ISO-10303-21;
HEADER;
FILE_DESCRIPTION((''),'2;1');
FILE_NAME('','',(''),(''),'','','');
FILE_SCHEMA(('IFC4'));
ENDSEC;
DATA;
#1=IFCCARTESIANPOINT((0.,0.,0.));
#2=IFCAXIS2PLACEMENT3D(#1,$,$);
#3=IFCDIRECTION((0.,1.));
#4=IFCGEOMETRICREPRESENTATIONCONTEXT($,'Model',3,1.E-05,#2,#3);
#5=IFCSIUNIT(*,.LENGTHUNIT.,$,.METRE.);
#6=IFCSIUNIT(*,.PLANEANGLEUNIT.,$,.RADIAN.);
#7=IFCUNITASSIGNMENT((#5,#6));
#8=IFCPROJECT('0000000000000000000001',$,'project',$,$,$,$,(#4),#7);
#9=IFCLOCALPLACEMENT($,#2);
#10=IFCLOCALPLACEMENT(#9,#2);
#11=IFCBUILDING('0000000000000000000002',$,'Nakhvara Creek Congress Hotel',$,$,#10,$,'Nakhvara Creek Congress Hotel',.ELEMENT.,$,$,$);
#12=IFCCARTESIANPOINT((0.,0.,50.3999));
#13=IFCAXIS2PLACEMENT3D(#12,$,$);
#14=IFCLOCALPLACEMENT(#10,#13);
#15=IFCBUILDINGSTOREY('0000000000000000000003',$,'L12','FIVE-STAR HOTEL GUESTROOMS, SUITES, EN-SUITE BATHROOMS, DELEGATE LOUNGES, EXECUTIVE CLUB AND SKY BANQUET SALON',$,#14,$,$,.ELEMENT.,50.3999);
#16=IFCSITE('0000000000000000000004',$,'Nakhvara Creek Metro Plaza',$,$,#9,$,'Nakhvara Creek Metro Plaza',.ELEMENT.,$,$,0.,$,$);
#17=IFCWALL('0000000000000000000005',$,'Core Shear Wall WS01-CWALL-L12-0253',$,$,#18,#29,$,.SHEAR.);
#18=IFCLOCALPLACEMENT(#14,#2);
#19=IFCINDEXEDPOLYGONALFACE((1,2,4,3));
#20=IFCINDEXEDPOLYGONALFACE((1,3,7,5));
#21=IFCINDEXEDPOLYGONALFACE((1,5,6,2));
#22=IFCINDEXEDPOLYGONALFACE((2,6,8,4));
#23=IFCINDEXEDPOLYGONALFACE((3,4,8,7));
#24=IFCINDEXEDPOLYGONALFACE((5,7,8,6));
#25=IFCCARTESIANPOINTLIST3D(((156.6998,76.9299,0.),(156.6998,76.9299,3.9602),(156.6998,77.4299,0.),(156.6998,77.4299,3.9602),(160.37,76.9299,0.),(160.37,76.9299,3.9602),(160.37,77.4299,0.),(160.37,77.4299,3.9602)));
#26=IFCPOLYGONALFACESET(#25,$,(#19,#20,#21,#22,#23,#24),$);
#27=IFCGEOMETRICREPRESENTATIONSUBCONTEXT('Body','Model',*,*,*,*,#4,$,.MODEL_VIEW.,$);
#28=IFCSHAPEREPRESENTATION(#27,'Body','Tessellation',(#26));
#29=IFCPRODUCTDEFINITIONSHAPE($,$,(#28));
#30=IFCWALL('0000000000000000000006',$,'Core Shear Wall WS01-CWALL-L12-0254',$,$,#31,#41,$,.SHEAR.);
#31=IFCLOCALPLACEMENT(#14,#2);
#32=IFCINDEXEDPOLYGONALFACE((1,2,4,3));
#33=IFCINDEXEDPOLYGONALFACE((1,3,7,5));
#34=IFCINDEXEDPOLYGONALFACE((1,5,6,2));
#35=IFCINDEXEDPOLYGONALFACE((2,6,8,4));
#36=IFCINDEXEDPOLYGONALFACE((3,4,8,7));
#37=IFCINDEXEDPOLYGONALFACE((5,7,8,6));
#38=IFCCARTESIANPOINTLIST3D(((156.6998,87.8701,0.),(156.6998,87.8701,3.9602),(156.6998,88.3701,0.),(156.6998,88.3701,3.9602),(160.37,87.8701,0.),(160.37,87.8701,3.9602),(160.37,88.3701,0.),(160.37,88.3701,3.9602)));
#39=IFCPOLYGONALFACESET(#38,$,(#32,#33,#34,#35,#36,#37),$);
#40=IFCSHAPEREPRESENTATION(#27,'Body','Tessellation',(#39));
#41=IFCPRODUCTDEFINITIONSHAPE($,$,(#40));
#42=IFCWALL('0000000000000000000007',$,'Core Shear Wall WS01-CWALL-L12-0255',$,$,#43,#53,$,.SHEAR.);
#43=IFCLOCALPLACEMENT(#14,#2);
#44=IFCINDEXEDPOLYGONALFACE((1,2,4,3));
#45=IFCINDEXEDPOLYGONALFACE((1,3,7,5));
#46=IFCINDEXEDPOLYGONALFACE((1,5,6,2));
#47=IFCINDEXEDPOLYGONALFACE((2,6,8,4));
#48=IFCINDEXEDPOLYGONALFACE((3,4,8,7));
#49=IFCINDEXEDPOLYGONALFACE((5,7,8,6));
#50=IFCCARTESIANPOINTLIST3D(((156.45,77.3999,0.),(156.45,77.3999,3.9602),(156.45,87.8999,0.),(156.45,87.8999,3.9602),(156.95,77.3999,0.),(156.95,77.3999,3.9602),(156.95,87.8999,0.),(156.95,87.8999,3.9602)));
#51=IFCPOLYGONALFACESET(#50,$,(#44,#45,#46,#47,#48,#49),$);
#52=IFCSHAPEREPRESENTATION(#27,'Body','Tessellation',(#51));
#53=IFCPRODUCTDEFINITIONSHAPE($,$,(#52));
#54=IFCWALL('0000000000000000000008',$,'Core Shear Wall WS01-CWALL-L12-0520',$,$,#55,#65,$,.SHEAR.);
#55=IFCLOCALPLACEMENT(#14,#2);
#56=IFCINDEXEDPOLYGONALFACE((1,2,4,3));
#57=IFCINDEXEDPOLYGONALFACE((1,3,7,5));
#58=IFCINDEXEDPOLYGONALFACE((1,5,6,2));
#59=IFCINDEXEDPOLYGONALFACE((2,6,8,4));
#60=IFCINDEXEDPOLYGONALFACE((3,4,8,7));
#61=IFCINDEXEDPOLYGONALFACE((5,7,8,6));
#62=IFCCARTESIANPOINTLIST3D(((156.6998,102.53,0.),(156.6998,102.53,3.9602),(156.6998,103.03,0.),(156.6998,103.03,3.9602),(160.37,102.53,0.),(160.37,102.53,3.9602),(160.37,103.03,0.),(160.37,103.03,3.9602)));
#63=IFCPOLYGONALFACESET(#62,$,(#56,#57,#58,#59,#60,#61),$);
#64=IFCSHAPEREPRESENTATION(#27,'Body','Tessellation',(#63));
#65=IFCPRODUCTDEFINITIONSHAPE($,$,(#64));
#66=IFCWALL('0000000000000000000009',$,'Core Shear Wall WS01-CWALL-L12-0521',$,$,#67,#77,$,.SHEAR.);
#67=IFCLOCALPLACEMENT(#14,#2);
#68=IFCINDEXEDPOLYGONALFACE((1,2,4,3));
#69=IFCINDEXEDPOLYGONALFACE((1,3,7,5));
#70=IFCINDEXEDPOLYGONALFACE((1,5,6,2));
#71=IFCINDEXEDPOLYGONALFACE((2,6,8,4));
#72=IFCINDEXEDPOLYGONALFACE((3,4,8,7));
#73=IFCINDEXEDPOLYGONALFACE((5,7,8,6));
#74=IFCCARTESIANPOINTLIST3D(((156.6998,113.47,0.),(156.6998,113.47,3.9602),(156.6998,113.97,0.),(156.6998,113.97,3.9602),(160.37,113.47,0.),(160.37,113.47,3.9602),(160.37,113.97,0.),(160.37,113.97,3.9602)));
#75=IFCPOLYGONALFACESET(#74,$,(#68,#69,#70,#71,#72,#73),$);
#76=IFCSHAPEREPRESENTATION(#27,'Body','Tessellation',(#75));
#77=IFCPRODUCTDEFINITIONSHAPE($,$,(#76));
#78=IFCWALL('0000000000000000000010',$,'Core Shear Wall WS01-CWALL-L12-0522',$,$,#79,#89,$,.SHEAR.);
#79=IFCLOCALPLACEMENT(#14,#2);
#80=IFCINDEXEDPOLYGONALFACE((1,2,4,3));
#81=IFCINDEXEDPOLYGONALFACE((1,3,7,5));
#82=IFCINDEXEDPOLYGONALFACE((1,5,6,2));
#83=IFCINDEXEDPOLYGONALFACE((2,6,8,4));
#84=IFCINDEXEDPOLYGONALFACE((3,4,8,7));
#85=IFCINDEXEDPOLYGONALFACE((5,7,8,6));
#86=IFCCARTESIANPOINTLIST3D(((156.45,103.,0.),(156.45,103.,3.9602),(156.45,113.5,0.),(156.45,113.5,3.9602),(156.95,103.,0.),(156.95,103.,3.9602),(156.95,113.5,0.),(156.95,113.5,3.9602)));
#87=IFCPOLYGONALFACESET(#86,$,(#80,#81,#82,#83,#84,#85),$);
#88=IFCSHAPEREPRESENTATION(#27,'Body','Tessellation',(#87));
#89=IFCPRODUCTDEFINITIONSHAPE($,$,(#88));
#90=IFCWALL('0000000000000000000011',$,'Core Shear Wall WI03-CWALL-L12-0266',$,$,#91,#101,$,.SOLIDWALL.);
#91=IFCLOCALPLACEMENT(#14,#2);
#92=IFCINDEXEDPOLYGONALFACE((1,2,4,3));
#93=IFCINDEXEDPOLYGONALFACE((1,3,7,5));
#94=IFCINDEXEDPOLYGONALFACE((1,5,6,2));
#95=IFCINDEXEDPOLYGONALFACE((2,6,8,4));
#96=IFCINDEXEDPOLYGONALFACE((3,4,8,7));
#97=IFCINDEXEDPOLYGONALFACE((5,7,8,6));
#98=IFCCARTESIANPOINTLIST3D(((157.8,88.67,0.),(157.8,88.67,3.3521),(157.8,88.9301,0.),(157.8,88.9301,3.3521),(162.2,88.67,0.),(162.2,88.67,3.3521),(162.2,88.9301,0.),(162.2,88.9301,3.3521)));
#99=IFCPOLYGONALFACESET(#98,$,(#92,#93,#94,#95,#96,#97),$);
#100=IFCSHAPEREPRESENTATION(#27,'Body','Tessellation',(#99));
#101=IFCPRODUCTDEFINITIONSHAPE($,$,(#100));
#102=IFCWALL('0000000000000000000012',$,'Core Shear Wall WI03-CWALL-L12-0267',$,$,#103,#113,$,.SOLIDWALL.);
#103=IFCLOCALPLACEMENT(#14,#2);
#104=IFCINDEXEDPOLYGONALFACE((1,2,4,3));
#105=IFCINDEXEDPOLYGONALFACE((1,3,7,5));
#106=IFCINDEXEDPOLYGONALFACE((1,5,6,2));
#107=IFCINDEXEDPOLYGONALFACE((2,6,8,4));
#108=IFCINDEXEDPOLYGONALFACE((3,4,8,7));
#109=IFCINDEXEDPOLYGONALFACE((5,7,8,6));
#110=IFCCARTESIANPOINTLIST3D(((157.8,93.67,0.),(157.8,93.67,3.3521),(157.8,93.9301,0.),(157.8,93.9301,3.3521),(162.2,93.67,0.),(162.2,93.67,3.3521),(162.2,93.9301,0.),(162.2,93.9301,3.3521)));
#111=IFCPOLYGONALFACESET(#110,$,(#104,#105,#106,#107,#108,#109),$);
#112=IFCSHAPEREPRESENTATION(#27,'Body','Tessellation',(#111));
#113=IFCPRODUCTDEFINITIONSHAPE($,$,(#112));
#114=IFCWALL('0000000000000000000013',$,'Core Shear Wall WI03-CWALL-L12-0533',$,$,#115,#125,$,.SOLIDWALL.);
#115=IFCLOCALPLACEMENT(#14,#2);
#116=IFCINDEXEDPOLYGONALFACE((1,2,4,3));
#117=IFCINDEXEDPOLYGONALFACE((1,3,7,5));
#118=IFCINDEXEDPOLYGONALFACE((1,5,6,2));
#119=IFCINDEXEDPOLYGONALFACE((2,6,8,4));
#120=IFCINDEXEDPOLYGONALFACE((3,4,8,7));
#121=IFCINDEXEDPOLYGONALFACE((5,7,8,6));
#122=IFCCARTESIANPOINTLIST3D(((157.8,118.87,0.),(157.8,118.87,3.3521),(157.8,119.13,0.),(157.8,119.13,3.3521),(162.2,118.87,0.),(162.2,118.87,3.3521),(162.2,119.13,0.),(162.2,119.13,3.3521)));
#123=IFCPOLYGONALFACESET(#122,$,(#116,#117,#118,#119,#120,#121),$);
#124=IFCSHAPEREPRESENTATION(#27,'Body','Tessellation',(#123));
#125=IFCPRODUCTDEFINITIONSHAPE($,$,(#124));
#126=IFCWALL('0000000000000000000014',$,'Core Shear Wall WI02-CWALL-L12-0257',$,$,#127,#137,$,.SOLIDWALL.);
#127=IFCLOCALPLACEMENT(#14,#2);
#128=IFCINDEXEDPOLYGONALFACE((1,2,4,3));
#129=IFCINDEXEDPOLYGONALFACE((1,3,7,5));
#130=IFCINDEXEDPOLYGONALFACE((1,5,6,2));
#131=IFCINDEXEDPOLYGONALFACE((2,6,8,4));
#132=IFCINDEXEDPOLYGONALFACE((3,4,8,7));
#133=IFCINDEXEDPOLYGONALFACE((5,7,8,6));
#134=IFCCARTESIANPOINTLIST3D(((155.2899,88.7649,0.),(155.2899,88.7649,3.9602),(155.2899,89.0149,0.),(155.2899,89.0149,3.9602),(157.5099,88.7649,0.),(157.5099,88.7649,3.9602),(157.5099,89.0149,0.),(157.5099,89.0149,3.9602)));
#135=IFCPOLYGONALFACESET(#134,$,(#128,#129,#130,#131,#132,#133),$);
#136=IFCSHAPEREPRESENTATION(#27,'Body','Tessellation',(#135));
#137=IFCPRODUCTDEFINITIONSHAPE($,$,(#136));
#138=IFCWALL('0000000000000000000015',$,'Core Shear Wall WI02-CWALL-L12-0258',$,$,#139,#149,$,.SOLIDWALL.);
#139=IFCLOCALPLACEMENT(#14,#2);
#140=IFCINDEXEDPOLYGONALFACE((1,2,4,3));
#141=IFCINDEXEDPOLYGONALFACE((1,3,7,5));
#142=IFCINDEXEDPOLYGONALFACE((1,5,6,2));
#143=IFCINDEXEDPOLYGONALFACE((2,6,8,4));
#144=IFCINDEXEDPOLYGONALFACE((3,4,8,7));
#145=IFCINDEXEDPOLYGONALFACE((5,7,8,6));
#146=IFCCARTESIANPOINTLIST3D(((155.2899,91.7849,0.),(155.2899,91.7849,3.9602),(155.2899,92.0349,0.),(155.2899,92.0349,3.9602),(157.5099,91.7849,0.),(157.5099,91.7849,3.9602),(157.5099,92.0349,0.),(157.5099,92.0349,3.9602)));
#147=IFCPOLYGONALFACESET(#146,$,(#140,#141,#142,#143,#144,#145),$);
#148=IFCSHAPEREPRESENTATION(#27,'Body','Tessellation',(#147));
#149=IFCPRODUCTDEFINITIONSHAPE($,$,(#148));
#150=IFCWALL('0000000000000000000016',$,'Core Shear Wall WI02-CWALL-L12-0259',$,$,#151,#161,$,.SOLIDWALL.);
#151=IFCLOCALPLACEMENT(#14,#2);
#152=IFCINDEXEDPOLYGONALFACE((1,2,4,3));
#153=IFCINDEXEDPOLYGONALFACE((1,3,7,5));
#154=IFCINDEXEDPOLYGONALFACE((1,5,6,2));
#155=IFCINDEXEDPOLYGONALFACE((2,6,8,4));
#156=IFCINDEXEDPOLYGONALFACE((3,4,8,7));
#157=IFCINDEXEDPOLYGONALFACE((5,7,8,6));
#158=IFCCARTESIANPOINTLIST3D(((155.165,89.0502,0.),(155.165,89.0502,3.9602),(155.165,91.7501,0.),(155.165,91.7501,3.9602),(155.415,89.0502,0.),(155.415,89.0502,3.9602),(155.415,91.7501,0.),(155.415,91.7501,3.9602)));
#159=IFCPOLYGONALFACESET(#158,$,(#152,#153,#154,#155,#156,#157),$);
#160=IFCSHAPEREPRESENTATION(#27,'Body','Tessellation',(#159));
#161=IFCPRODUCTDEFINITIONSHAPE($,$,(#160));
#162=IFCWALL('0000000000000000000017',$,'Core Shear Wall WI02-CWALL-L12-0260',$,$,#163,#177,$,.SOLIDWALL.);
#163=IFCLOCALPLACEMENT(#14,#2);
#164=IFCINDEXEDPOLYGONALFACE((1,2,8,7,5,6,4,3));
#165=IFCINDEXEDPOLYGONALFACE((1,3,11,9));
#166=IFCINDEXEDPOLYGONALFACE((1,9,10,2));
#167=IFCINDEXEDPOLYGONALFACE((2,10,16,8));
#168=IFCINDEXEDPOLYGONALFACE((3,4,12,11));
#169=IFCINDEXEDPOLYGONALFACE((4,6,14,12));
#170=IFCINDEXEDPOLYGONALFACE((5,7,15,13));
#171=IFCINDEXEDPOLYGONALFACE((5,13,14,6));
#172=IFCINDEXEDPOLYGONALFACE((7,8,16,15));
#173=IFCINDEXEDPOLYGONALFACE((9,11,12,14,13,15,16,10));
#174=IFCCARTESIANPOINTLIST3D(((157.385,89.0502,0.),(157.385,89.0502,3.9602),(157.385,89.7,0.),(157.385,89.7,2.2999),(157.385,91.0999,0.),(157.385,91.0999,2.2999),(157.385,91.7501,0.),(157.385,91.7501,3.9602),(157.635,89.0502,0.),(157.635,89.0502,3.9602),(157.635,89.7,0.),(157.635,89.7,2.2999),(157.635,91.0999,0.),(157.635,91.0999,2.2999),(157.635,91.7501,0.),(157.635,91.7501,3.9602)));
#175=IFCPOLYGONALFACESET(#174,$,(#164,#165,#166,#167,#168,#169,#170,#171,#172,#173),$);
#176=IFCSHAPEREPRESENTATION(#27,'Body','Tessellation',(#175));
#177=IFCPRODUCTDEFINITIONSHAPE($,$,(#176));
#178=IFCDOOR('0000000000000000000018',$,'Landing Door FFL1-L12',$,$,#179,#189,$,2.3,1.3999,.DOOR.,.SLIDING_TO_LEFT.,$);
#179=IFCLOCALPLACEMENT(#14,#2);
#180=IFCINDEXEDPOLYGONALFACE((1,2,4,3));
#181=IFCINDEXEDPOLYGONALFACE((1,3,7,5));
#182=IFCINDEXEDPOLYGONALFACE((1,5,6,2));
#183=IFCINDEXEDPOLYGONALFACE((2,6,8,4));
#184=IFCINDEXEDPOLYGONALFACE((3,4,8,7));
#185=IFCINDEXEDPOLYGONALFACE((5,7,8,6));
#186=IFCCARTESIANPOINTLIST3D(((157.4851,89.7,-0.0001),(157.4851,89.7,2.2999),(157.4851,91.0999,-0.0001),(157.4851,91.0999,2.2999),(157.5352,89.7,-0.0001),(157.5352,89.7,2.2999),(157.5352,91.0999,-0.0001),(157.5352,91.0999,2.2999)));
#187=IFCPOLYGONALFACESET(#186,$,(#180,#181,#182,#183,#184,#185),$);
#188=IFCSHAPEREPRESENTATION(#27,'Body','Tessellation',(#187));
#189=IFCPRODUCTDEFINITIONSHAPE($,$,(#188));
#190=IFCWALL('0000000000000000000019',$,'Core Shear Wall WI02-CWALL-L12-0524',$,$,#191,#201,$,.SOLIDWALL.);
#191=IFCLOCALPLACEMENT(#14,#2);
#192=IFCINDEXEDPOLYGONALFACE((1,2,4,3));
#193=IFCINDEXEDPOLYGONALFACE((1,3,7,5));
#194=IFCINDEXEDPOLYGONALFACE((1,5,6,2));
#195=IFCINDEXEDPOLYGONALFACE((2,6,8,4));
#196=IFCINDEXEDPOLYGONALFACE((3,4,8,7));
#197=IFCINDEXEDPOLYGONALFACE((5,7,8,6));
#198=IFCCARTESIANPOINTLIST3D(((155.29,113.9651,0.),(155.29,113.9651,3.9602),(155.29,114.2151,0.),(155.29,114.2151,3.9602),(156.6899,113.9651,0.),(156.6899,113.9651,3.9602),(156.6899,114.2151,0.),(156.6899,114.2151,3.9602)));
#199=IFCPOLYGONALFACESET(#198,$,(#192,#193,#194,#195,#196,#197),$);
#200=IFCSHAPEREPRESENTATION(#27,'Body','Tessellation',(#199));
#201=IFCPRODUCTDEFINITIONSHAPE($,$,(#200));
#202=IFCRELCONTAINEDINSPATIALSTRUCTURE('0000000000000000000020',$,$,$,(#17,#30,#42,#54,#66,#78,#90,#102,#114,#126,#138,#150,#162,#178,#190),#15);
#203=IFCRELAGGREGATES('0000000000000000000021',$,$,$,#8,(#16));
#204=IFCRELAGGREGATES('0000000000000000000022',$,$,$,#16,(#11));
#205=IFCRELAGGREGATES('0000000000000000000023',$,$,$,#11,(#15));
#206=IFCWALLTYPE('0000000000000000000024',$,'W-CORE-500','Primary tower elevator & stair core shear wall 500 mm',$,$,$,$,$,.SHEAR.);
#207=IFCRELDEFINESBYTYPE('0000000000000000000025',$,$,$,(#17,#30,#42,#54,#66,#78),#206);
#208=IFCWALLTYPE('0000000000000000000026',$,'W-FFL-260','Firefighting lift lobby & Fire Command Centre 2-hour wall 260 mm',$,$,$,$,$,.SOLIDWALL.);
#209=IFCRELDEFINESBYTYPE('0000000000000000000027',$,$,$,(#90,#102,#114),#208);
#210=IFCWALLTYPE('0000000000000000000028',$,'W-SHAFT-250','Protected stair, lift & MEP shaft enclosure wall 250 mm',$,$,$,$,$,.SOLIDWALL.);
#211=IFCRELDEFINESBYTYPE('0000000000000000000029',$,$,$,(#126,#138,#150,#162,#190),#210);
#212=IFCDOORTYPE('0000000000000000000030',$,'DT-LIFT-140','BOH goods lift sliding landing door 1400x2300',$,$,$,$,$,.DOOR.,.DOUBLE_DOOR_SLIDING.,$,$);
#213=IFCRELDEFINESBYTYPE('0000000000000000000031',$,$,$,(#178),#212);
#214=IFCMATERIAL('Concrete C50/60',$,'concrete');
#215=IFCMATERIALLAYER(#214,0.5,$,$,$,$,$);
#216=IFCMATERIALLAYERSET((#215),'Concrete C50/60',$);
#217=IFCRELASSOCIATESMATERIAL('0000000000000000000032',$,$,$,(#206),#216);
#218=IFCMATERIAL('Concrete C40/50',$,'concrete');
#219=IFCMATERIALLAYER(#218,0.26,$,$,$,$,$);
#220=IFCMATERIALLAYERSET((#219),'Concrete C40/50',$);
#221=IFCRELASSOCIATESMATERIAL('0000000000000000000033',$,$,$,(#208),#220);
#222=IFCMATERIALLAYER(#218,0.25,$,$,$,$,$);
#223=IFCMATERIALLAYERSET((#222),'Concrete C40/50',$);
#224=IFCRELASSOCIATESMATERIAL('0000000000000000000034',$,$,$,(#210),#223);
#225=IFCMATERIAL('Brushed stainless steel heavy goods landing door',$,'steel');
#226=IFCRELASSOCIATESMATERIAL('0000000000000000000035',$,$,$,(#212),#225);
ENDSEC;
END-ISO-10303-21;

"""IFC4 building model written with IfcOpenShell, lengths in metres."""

from ifc_helpers import new_model, si_unit, direction, frame, frame_2d, origin, place, context, subcontext, project, spatial, rectangle, extrude, material, layer, layer_set, type_object, element, fill, save


model = new_model("IFC4")

# Units and contexts
model_context = context("Model", 3, precision=1e-05, world=origin(), true_north=direction((0.0, 1.0)))
body_context = subcontext(model_context, "Body", "Model", "MODEL_VIEW")
ifc_project = project(units=[si_unit("LENGTHUNIT", "METRE"), si_unit("PLANEANGLEUNIT", "RADIAN")], contexts=[model_context])

# Site, building, storey
site_placement = place(None, origin())
site = spatial("IfcSite", under=ifc_project, at=site_placement, Name="Nakhvara Creek Metro Plaza", LongName="Nakhvara Creek Metro Plaza", CompositionType="ELEMENT", RefElevation=0.0)
building_placement = place(site_placement, origin())
building = spatial("IfcBuilding", under=site, at=building_placement, Name="Nakhvara Creek Congress Hotel", LongName="Nakhvara Creek Congress Hotel", CompositionType="ELEMENT")
storey_placement = place(building_placement, frame((0.0, 0.0, 50.3999)))
storey = spatial("IfcBuildingStorey", under=building, at=storey_placement, Name="L12", Description="FIVE-STAR HOTEL GUESTROOMS, SUITES, EN-SUITE BATHROOMS, DELEGATE LOUNGES, EXECUTIVE CLUB AND SKY BANQUET SALON", CompositionType="ELEMENT", Elevation=50.3999)

# Walls
ifc_material_1 = material(Name="Concrete C50/60", Category="concrete")
ifc_layer_1 = layer(ifc_material_1, 0.5)
ifc_layer_set_1 = layer_set([ifc_layer_1], Name="Concrete C50/60")
wall_type_1 = type_object("IfcWallType", Name="W-CORE-500", Description="Primary tower elevator & stair core shear wall 500 mm", PredefinedType="SHEAR", material=ifc_layer_set_1)
for number, where, z_axis, x_axis, name in (
    (1, (156.7, 77.1799, 0.0), (0.0, 0.0, 1.0), (1.0, 0.0, 0.0), "Core Shear Wall WS01-CWALL-L12-0253"),
    (2, (156.7, 88.1201, 0.0), (0.0, 0.0, 1.0), (1.0, 0.0, 0.0), "Core Shear Wall WS01-CWALL-L12-0254"),
):
    element("IfcWall", number, at=place(storey_placement, frame(where, z_axis=z_axis, x_axis=x_axis)), inside=storey, type_object=wall_type_1, Name=name, PredefinedType="SHEAR", context=body_context, shape_type="SweptSolid", body=[
        extrude(rectangle(XDim=3.6702, YDim=0.5, at=frame_2d((1.835, 0.0))), origin(), (0.0, 0.0, 1.0), 3.9602),
    ])
wall_1_placement = place(storey_placement, frame((156.7, 77.3999, 0.0), z_axis=(0.0, 0.0, 1.0), x_axis=(0.0, 1.0, 0.0)))
element("IfcWall", 3, at=wall_1_placement, inside=storey, type_object=wall_type_1, Name="Core Shear Wall WS01-CWALL-L12-0255", PredefinedType="SHEAR", context=body_context, shape_type="SweptSolid", body=[
    extrude(rectangle(XDim=10.5, YDim=0.5, at=frame_2d((5.25, 0.0))), origin(), (0.0, 0.0, 1.0), 3.9602),
])
for number, where, z_axis, x_axis, name in (
    (4, (156.7, 102.78, 0.0), (0.0, 0.0, 1.0), (1.0, 0.0, 0.0), "Core Shear Wall WS01-CWALL-L12-0520"),
    (5, (156.7, 113.72, 0.0), (0.0, 0.0, 1.0), (1.0, 0.0, 0.0), "Core Shear Wall WS01-CWALL-L12-0521"),
):
    element("IfcWall", number, at=place(storey_placement, frame(where, z_axis=z_axis, x_axis=x_axis)), inside=storey, type_object=wall_type_1, Name=name, PredefinedType="SHEAR", context=body_context, shape_type="SweptSolid", body=[
        extrude(rectangle(XDim=3.6702, YDim=0.5, at=frame_2d((1.835, 0.0))), origin(), (0.0, 0.0, 1.0), 3.9602),
    ])
wall_2_placement = place(storey_placement, frame((156.7, 103.0, 0.0), z_axis=(0.0, 0.0, 1.0), x_axis=(0.0, 1.0, 0.0)))
element("IfcWall", 6, at=wall_2_placement, inside=storey, type_object=wall_type_1, Name="Core Shear Wall WS01-CWALL-L12-0522", PredefinedType="SHEAR", context=body_context, shape_type="SweptSolid", body=[
    extrude(rectangle(XDim=10.5, YDim=0.5, at=frame_2d((5.25, 0.0))), origin(), (0.0, 0.0, 1.0), 3.9602),
])
ifc_material_2 = material(Name="Concrete C40/50", Category="concrete")
ifc_layer_2 = layer(ifc_material_2, 0.26)
ifc_layer_set_2 = layer_set([ifc_layer_2], Name="Concrete C40/50")
wall_type_2 = type_object("IfcWallType", Name="W-FFL-260", Description="Firefighting lift lobby & Fire Command Centre 2-hour wall 260 mm", PredefinedType="SOLIDWALL", material=ifc_layer_set_2)
for number, where, z_axis, x_axis, name in (
    (7, (157.8, 88.8, 0.0), (0.0, 0.0, 1.0), (1.0, 0.0, 0.0), "Core Shear Wall WI03-CWALL-L12-0266"),
    (8, (157.8, 93.8, 0.0), (0.0, 0.0, 1.0), (1.0, 0.0, 0.0), "Core Shear Wall WI03-CWALL-L12-0267"),
    (9, (157.8, 119.0, 0.0), (0.0, 0.0, 1.0), (1.0, 0.0, 0.0), "Core Shear Wall WI03-CWALL-L12-0533"),
):
    element("IfcWall", number, at=place(storey_placement, frame(where, z_axis=z_axis, x_axis=x_axis)), inside=storey, type_object=wall_type_2, Name=name, PredefinedType="SOLIDWALL", context=body_context, shape_type="SweptSolid", body=[
        extrude(rectangle(XDim=4.3999, YDim=0.26, at=frame_2d((2.2, 0.0))), origin(), (0.0, 0.0, 1.0), 3.3521),
    ])
ifc_layer_3 = layer(ifc_material_2, 0.25)
ifc_layer_set_3 = layer_set([ifc_layer_3], Name="Concrete C40/50")
wall_type_3 = type_object("IfcWallType", Name="W-SHAFT-250", Description="Protected stair, lift & MEP shaft enclosure wall 250 mm", PredefinedType="SOLIDWALL", material=ifc_layer_set_3)
for number, where, z_axis, x_axis, name in (
    (10, (155.29, 88.8899, 0.0), (0.0, 0.0, 1.0), (1.0, 0.0, 0.0), "Core Shear Wall WI02-CWALL-L12-0257"),
    (11, (155.29, 91.9099, 0.0), (0.0, 0.0, 1.0), (1.0, 0.0, 0.0), "Core Shear Wall WI02-CWALL-L12-0258"),
):
    element("IfcWall", number, at=place(storey_placement, frame(where, z_axis=z_axis, x_axis=x_axis)), inside=storey, type_object=wall_type_3, Name=name, PredefinedType="SOLIDWALL", context=body_context, shape_type="SweptSolid", body=[
        extrude(rectangle(XDim=2.22, YDim=0.25, at=frame_2d((1.1099, 0.0))), origin(), (0.0, 0.0, 1.0), 3.9602),
    ])
wall_3_placement = place(storey_placement, frame((155.29, 89.05, 0.0), z_axis=(0.0, 0.0, 1.0), x_axis=(0.0, 1.0, 0.0)))
element("IfcWall", 12, at=wall_3_placement, inside=storey, type_object=wall_type_3, Name="Core Shear Wall WI02-CWALL-L12-0259", PredefinedType="SOLIDWALL", context=body_context, shape_type="SweptSolid", body=[
    extrude(rectangle(XDim=2.7, YDim=0.25, at=frame_2d((1.3501, 0.0))), origin(), (0.0, 0.0, 1.0), 3.9602),
])

# Wall, opening, door
wall_4_placement = place(storey_placement, frame((157.51, 89.05, 0.0), z_axis=(0.0, 0.0, 1.0), x_axis=(0.0, 1.0, 0.0)))
wall_4 = element("IfcWall", 13, at=wall_4_placement, inside=storey, type_object=wall_type_3, Name="Core Shear Wall WI02-CWALL-L12-0260", PredefinedType="SOLIDWALL", context=body_context, shape_type="SweptSolid", body=[
    extrude(rectangle(XDim=2.7, YDim=0.25, at=frame_2d((1.3501, 0.0))), origin(), (0.0, 0.0, 1.0), 3.9602),
])
opening_1_placement = place(wall_4_placement, frame((0.6499, 0.0, 0.0)))
opening_1 = element("IfcOpeningElement", 14, at=opening_1_placement, cuts=wall_4, PredefinedType="OPENING", context=body_context, shape_type="SweptSolid", body=[
    extrude(rectangle(XDim=1.3999, YDim=2.3, at=frame_2d((0.7, 1.1499))), frame((0.0, 0.137, 0.0), z_axis=(0.0, -1.0, 0.0), x_axis=(1.0, 0.0, 0.0)), (0.0, 0.0, 1.0), 0.2739),
])
ifc_material_3 = material(Name="Brushed stainless steel heavy goods landing door", Category="steel")
door_type = type_object("IfcDoorType", Name="DT-LIFT-140", Description="BOH goods lift sliding landing door 1400x2300", OperationType="DOUBLE_DOOR_SLIDING", PredefinedType="DOOR", material=ifc_material_3)
door_1_placement = place(opening_1_placement, origin())
door_1 = element("IfcDoor", 15, at=door_1_placement, inside=storey, type_object=door_type, Name="Landing Door FFL1-L12", OperationType="SLIDING_TO_LEFT", OverallHeight=2.3, OverallWidth=1.3999, PredefinedType="DOOR", context=body_context, shape_type="SweptSolid", body=[
    extrude(rectangle(XDim=1.3999, YDim=2.3, at=frame_2d((0.7, 1.1499))), frame((0.0, 0.0249, 0.0), z_axis=(0.0, -1.0, 0.0), x_axis=(1.0, 0.0, 0.0)), (0.0, 0.0, 1.0), 0.05),
])
fill(opening_1, door_1)

# Wall
wall_5_placement = place(storey_placement, frame((155.29, 114.0901, 0.0), z_axis=(0.0, 0.0, 1.0), x_axis=(1.0, 0.0, 0.0)))
element("IfcWall", 16, at=wall_5_placement, inside=storey, type_object=wall_type_3, Name="Core Shear Wall WI02-CWALL-L12-0524", PredefinedType="SOLIDWALL", context=body_context, shape_type="SweptSolid", body=[
    extrude(rectangle(XDim=1.3999, YDim=0.25, at=frame_2d((0.7, 0.0))), origin(), (0.0, 0.0, 1.0), 3.9602),
])

save(model, "model.ifc")
